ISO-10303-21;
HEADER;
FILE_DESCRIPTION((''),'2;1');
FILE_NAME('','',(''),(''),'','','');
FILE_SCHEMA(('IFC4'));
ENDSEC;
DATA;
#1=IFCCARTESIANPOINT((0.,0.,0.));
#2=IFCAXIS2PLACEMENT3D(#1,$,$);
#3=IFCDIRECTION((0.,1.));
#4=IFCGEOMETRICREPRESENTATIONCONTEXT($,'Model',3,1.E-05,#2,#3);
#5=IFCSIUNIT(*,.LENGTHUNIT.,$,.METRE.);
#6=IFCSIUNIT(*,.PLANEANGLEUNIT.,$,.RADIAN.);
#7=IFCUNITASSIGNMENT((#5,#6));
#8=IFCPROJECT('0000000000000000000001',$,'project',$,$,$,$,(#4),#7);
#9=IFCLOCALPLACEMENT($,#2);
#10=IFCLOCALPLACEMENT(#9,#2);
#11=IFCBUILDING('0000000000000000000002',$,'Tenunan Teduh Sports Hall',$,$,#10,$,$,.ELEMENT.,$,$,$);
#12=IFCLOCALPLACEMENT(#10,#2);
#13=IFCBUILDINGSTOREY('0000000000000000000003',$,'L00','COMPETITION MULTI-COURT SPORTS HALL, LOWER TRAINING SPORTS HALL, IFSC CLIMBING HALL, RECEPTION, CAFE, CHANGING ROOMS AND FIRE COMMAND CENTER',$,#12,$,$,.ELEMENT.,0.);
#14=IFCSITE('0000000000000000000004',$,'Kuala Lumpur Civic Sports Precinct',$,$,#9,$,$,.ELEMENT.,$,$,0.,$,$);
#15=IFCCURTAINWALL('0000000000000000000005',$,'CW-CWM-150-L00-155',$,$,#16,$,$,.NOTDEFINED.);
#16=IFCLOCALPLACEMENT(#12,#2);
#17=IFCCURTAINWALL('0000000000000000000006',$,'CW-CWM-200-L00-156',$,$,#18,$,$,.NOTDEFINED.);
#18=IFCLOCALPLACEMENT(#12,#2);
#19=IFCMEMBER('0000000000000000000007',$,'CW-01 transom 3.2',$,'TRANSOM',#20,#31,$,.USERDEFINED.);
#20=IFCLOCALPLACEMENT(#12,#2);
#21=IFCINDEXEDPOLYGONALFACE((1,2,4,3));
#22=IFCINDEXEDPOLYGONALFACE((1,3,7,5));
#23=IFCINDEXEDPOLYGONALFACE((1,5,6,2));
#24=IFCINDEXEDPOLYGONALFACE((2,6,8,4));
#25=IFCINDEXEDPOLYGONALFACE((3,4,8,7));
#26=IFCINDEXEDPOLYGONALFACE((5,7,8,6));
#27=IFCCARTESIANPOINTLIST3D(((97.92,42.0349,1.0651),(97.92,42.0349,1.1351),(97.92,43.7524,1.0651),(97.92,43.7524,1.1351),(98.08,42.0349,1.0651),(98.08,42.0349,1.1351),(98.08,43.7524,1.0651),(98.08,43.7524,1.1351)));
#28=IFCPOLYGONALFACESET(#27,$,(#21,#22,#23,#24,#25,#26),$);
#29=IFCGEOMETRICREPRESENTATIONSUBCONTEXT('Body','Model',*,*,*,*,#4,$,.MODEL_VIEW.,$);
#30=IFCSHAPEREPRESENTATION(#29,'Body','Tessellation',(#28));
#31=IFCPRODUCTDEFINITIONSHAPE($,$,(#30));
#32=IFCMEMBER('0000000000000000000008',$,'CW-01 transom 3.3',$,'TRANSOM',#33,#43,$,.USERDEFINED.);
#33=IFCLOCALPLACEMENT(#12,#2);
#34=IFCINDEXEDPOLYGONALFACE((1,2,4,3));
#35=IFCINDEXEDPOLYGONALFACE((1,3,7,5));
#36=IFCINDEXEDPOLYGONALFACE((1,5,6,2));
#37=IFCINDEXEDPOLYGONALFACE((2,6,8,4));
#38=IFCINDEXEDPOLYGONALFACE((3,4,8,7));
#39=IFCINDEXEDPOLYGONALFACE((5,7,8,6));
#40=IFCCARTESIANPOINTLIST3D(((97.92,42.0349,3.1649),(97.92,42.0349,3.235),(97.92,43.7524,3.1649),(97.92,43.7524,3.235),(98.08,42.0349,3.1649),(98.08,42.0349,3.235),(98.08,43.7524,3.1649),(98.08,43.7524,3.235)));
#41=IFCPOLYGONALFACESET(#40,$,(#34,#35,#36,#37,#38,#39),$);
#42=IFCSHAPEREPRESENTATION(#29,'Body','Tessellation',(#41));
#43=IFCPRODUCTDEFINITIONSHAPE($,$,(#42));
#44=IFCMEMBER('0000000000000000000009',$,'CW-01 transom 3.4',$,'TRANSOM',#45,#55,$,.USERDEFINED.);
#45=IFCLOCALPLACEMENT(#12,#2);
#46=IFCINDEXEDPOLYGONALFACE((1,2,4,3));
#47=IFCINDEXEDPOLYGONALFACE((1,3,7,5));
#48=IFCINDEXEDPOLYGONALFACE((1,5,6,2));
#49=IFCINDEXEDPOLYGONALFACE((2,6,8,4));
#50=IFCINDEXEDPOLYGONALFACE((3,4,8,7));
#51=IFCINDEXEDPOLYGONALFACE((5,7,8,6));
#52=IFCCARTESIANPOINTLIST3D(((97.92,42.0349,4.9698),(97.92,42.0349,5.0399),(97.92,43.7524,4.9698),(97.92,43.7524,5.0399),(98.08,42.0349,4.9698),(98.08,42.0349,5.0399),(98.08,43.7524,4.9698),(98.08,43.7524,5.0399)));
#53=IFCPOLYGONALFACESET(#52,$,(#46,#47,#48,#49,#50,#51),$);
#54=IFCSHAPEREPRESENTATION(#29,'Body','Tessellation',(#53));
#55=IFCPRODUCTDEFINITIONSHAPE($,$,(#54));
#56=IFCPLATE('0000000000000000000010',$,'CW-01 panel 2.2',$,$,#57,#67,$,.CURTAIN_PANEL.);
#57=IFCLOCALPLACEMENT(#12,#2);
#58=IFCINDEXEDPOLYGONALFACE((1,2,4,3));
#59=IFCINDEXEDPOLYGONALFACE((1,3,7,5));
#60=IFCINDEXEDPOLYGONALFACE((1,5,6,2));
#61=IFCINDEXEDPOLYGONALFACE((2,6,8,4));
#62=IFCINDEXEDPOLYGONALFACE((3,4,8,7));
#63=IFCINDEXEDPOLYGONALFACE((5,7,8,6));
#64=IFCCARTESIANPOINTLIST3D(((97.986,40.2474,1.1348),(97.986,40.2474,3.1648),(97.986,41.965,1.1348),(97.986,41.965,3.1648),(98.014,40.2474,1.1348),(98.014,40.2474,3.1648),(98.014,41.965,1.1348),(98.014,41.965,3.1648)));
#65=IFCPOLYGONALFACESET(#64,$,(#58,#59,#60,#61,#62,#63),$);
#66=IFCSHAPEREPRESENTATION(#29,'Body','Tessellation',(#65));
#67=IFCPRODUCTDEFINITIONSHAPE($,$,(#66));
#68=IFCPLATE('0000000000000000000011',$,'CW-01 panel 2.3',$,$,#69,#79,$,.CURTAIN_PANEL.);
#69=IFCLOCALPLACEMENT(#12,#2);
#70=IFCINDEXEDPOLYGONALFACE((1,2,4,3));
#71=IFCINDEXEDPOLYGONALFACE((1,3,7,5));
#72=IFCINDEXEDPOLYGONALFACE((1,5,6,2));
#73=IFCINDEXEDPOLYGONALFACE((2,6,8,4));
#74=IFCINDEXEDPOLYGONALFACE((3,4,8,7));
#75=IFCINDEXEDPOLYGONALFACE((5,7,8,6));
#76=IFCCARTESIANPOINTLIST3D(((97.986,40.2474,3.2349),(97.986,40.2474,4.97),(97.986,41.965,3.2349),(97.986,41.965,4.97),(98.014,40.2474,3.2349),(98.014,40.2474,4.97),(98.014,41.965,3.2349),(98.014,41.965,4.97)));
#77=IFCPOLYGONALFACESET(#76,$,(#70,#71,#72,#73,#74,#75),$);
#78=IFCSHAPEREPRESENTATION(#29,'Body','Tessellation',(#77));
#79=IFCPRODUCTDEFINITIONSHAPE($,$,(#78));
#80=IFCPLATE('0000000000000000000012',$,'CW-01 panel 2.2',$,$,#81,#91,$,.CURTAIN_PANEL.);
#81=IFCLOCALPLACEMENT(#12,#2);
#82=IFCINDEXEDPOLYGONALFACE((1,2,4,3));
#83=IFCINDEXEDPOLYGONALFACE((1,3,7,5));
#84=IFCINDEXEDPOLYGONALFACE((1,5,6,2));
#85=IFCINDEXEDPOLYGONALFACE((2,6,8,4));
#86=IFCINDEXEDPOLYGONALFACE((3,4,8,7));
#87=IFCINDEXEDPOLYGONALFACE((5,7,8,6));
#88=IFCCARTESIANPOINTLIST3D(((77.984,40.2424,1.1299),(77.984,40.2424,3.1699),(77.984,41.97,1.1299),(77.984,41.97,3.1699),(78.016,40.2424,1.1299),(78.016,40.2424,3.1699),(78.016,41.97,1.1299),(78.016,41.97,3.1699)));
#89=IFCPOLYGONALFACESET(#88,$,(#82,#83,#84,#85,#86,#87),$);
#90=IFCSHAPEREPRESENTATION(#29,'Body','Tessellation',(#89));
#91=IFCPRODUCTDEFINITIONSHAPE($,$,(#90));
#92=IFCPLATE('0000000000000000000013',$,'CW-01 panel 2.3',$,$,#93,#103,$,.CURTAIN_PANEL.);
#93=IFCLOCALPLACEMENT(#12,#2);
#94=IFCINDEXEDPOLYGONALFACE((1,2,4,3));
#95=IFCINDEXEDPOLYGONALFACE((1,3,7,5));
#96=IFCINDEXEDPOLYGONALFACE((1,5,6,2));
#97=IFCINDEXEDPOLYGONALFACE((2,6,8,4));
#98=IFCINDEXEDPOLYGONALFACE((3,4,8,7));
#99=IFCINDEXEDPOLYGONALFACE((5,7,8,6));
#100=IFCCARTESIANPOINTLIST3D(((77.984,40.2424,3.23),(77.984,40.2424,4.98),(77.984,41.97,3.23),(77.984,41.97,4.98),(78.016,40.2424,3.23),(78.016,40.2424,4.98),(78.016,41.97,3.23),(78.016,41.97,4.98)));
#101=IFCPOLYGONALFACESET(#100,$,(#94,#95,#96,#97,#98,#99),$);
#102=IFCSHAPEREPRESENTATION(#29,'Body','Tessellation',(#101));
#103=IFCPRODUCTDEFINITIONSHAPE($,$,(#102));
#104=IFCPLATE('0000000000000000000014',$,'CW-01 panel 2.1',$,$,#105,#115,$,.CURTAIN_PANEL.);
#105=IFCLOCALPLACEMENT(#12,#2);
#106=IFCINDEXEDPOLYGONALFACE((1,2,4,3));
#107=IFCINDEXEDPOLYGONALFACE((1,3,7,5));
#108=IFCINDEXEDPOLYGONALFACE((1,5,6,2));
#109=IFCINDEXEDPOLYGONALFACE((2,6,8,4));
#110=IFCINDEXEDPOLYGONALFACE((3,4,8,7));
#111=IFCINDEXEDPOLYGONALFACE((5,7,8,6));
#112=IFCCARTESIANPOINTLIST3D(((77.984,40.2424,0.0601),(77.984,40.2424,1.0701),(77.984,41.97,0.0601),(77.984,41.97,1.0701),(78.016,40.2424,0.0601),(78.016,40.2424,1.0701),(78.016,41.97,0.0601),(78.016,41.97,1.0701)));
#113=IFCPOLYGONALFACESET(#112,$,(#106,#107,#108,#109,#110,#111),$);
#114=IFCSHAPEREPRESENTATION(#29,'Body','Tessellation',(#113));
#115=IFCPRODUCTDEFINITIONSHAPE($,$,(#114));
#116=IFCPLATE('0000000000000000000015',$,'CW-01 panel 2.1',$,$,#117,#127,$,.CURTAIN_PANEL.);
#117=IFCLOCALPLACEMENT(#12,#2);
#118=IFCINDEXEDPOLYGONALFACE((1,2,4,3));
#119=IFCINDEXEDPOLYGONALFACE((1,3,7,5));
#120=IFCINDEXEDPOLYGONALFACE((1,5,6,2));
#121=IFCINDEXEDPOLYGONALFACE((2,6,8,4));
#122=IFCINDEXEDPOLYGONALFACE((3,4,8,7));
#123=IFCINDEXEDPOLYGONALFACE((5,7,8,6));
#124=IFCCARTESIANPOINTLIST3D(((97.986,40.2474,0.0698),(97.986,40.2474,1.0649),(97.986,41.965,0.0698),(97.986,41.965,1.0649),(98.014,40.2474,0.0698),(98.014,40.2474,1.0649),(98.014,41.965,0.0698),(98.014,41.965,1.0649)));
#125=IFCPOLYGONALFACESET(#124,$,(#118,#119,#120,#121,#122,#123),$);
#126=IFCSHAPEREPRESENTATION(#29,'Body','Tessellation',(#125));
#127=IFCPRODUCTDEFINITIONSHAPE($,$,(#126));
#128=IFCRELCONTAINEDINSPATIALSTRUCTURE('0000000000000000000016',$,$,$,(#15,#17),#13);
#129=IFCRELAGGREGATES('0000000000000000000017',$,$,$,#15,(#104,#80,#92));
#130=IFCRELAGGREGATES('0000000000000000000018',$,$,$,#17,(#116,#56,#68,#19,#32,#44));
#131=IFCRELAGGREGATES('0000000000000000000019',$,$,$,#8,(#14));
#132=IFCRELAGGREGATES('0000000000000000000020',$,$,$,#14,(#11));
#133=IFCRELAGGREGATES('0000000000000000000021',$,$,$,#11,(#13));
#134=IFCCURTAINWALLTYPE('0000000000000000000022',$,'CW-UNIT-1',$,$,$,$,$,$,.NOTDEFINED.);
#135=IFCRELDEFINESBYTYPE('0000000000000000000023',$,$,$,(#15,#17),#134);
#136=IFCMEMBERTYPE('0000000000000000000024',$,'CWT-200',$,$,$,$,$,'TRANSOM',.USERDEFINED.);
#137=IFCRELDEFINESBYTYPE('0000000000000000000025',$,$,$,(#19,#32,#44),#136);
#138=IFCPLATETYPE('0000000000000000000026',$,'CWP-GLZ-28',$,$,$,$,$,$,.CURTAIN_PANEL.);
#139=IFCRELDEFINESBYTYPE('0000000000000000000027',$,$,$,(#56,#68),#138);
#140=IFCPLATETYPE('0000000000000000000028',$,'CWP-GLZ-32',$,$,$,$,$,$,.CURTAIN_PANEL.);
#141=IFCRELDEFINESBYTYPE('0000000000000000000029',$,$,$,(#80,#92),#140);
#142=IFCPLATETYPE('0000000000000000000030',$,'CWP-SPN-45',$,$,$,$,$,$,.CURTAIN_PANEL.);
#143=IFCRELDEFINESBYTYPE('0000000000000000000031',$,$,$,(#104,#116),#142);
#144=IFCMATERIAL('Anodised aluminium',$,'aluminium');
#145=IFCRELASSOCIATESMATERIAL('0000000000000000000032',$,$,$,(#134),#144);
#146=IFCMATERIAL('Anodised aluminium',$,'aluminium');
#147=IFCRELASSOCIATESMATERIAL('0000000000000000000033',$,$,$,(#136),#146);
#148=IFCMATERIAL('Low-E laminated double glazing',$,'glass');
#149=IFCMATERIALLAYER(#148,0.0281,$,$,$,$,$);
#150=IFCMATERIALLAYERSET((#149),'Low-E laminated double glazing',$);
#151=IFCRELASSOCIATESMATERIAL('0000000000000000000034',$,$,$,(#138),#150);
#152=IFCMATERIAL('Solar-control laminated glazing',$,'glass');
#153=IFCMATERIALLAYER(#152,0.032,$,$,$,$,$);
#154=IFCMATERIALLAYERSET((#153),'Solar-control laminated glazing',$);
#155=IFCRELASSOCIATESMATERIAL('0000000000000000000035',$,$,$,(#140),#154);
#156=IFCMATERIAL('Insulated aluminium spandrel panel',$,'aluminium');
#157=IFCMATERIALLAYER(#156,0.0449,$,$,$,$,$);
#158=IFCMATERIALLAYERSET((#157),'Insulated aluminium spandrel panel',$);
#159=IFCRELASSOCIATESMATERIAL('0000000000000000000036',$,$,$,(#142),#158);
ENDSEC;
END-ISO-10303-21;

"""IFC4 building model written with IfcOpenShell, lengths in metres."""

from ifc_helpers import new_model, si_unit, direction, frame, origin, origin_2d, place, context, subcontext, project, spatial, rectangle, extrude, material, layer, layer_set, material_profile, profile_set, type_object, element, aggregate, save


model = new_model("IFC4")

# Units and contexts
model_context = context("Model", 3, precision=1e-05, world=origin(), true_north=direction((0.0, 1.0)))
body_context = subcontext(model_context, "Body", "Model", "MODEL_VIEW")
ifc_project = project(units=[si_unit("LENGTHUNIT", "METRE"), si_unit("PLANEANGLEUNIT", "RADIAN")], contexts=[model_context])

# Site, building, storey
site_placement = place(None, origin())
site = spatial("IfcSite", under=ifc_project, at=site_placement, Name="Kuala Lumpur Civic Sports Precinct", CompositionType="ELEMENT", RefElevation=0.0)
building_placement = place(site_placement, origin())
building = spatial("IfcBuilding", under=site, at=building_placement, Name="Tenunan Teduh Sports Hall", CompositionType="ELEMENT")
storey_placement = place(building_placement, origin())
storey = spatial("IfcBuildingStorey", under=building, at=storey_placement, Name="L00", Description="COMPETITION MULTI-COURT SPORTS HALL, LOWER TRAINING SPORTS HALL, IFSC CLIMBING HALL, RECEPTION, CAFE, CHANGING ROOMS AND FIRE COMMAND CENTER", CompositionType="ELEMENT", Elevation=0.0)

# Curtain walls
ifc_material_1 = material(Name="Anodised aluminium", Category="aluminium")
curtain_wall_type = type_object("IfcCurtainWallType", Name="CW-UNIT-1", PredefinedType="NOTDEFINED", material=ifc_material_1)
curtain_wall_1_placement = place(storey_placement, origin())
curtain_wall_1 = element("IfcCurtainWall", 1, at=curtain_wall_1_placement, inside=storey, type_object=curtain_wall_type, Name="CW-CWM-150-L00-155", PredefinedType="NOTDEFINED")
curtain_wall_2_placement = place(storey_placement, origin())
curtain_wall_2 = element("IfcCurtainWall", 2, at=curtain_wall_2_placement, inside=storey, type_object=curtain_wall_type, Name="CW-CWM-200-L00-156", PredefinedType="NOTDEFINED")

# Members
ifc_material_2 = material(Name="Anodised aluminium", Category="aluminium")
ifc_material_profile_1 = material_profile(ifc_material_2, rectangle(XDim=0.0701, YDim=0.1599, at=origin_2d()), Name="CWT 70x160")
ifc_profile_set_1 = profile_set([ifc_material_profile_1], Name="Anodised aluminium")
member_type_1 = type_object("IfcMemberType", Name="CWT-200", ElementType="TRANSOM", PredefinedType="USERDEFINED", material=ifc_profile_set_1)
member_1_placement = place(storey_placement, frame((98.0, 42.0349, 1.1001), z_axis=(0.0, 1.0, 0.0), x_axis=(0.0, 0.0, 1.0)))
member_1 = element("IfcMember", 3, at=member_1_placement, type_object=member_type_1, Name="CW-01 transom 3.2", ObjectType="TRANSOM", PredefinedType="USERDEFINED", context=body_context, shape_type="SweptSolid", body=[
    extrude(rectangle(XDim=0.0701, YDim=0.1599, at=origin_2d()), origin(), (0.0, 0.0, 1.0), 1.7175),
])
member_2_placement = place(storey_placement, frame((98.0, 42.0349, 3.2), z_axis=(0.0, 1.0, 0.0), x_axis=(0.0, 0.0, 1.0)))
member_2 = element("IfcMember", 4, at=member_2_placement, type_object=member_type_1, Name="CW-01 transom 3.3", ObjectType="TRANSOM", PredefinedType="USERDEFINED", context=body_context, shape_type="SweptSolid", body=[
    extrude(rectangle(XDim=0.0701, YDim=0.1599, at=origin_2d()), origin(), (0.0, 0.0, 1.0), 1.7175),
])
member_3_placement = place(storey_placement, frame((98.0, 42.0349, 5.0049), z_axis=(0.0, 1.0, 0.0), x_axis=(0.0, 0.0, 1.0)))
member_3 = element("IfcMember", 5, at=member_3_placement, type_object=member_type_1, Name="CW-01 transom 3.4", ObjectType="TRANSOM", PredefinedType="USERDEFINED", context=body_context, shape_type="SweptSolid", body=[
    extrude(rectangle(XDim=0.0701, YDim=0.1599, at=origin_2d()), origin(), (0.0, 0.0, 1.0), 1.7175),
])

# Plates
ifc_material_3 = material(Name="Low-E laminated double glazing", Category="glass")
ifc_layer_1 = layer(ifc_material_3, 0.0281)
ifc_layer_set_1 = layer_set([ifc_layer_1], Name="Low-E laminated double glazing")
plate_type_1 = type_object("IfcPlateType", Name="CWP-GLZ-28", PredefinedType="CURTAIN_PANEL", material=ifc_layer_set_1)
plate_1_placement = place(storey_placement, frame((98.0, 41.1062, 1.1348), z_axis=(0.0, 0.0, 1.0), x_axis=(0.0, 1.0, 0.0)))
plate_1 = element("IfcPlate", 6, at=plate_1_placement, type_object=plate_type_1, Name="CW-01 panel 2.2", PredefinedType="CURTAIN_PANEL", context=body_context, shape_type="SweptSolid", body=[
    extrude(rectangle(XDim=1.7175, YDim=0.0281, at=origin_2d()), origin(), (0.0, 0.0, 1.0), 2.03),
])
plate_2_placement = place(storey_placement, frame((98.0, 41.1062, 3.2349), z_axis=(0.0, 0.0, 1.0), x_axis=(0.0, 1.0, 0.0)))
plate_2 = element("IfcPlate", 7, at=plate_2_placement, type_object=plate_type_1, Name="CW-01 panel 2.3", PredefinedType="CURTAIN_PANEL", context=body_context, shape_type="SweptSolid", body=[
    extrude(rectangle(XDim=1.7175, YDim=0.0281, at=origin_2d()), origin(), (0.0, 0.0, 1.0), 1.7351),
])
ifc_material_4 = material(Name="Solar-control laminated glazing", Category="glass")
ifc_layer_2 = layer(ifc_material_4, 0.032)
ifc_layer_set_2 = layer_set([ifc_layer_2], Name="Solar-control laminated glazing")
plate_type_2 = type_object("IfcPlateType", Name="CWP-GLZ-32", PredefinedType="CURTAIN_PANEL", material=ifc_layer_set_2)
plate_3_placement = place(storey_placement, frame((78.0, 41.1062, 1.1299), z_axis=(0.0, 0.0, 1.0), x_axis=(0.0, 1.0, 0.0)))
plate_3 = element("IfcPlate", 8, at=plate_3_placement, type_object=plate_type_2, Name="CW-01 panel 2.2", PredefinedType="CURTAIN_PANEL", context=body_context, shape_type="SweptSolid", body=[
    extrude(rectangle(XDim=1.7275, YDim=0.032, at=origin_2d()), origin(), (0.0, 0.0, 1.0), 2.04),
])
plate_4_placement = place(storey_placement, frame((78.0, 41.1062, 3.23), z_axis=(0.0, 0.0, 1.0), x_axis=(0.0, 1.0, 0.0)))
plate_4 = element("IfcPlate", 9, at=plate_4_placement, type_object=plate_type_2, Name="CW-01 panel 2.3", PredefinedType="CURTAIN_PANEL", context=body_context, shape_type="SweptSolid", body=[
    extrude(rectangle(XDim=1.7275, YDim=0.032, at=origin_2d()), origin(), (0.0, 0.0, 1.0), 1.75),
])
ifc_material_5 = material(Name="Insulated aluminium spandrel panel", Category="aluminium")
ifc_layer_3 = layer(ifc_material_5, 0.0449)
ifc_layer_set_3 = layer_set([ifc_layer_3], Name="Insulated aluminium spandrel panel")
plate_type_3 = type_object("IfcPlateType", Name="CWP-SPN-45", PredefinedType="CURTAIN_PANEL", material=ifc_layer_set_3)
plate_5_placement = place(storey_placement, frame((78.0, 41.1062, 0.0601), z_axis=(0.0, 0.0, 1.0), x_axis=(0.0, 1.0, 0.0)))
plate_5 = element("IfcPlate", 10, at=plate_5_placement, type_object=plate_type_3, Name="CW-01 panel 2.1", PredefinedType="CURTAIN_PANEL", context=body_context, shape_type="SweptSolid", body=[
    extrude(rectangle(XDim=1.7275, YDim=0.032, at=origin_2d()), origin(), (0.0, 0.0, 1.0), 1.01),
])
aggregate(curtain_wall_1, [plate_5, plate_3, plate_4])
plate_6_placement = place(storey_placement, frame((98.0, 41.1062, 0.0698), z_axis=(0.0, 0.0, 1.0), x_axis=(0.0, 1.0, 0.0)))
plate_6 = element("IfcPlate", 11, at=plate_6_placement, type_object=plate_type_3, Name="CW-01 panel 2.1", PredefinedType="CURTAIN_PANEL", context=body_context, shape_type="SweptSolid", body=[
    extrude(rectangle(XDim=1.7175, YDim=0.0281, at=origin_2d()), origin(), (0.0, 0.0, 1.0), 0.9951),
])
aggregate(curtain_wall_2, [plate_6, plate_1, plate_2, member_1, member_2, member_3])

save(model, "model.ifc")
